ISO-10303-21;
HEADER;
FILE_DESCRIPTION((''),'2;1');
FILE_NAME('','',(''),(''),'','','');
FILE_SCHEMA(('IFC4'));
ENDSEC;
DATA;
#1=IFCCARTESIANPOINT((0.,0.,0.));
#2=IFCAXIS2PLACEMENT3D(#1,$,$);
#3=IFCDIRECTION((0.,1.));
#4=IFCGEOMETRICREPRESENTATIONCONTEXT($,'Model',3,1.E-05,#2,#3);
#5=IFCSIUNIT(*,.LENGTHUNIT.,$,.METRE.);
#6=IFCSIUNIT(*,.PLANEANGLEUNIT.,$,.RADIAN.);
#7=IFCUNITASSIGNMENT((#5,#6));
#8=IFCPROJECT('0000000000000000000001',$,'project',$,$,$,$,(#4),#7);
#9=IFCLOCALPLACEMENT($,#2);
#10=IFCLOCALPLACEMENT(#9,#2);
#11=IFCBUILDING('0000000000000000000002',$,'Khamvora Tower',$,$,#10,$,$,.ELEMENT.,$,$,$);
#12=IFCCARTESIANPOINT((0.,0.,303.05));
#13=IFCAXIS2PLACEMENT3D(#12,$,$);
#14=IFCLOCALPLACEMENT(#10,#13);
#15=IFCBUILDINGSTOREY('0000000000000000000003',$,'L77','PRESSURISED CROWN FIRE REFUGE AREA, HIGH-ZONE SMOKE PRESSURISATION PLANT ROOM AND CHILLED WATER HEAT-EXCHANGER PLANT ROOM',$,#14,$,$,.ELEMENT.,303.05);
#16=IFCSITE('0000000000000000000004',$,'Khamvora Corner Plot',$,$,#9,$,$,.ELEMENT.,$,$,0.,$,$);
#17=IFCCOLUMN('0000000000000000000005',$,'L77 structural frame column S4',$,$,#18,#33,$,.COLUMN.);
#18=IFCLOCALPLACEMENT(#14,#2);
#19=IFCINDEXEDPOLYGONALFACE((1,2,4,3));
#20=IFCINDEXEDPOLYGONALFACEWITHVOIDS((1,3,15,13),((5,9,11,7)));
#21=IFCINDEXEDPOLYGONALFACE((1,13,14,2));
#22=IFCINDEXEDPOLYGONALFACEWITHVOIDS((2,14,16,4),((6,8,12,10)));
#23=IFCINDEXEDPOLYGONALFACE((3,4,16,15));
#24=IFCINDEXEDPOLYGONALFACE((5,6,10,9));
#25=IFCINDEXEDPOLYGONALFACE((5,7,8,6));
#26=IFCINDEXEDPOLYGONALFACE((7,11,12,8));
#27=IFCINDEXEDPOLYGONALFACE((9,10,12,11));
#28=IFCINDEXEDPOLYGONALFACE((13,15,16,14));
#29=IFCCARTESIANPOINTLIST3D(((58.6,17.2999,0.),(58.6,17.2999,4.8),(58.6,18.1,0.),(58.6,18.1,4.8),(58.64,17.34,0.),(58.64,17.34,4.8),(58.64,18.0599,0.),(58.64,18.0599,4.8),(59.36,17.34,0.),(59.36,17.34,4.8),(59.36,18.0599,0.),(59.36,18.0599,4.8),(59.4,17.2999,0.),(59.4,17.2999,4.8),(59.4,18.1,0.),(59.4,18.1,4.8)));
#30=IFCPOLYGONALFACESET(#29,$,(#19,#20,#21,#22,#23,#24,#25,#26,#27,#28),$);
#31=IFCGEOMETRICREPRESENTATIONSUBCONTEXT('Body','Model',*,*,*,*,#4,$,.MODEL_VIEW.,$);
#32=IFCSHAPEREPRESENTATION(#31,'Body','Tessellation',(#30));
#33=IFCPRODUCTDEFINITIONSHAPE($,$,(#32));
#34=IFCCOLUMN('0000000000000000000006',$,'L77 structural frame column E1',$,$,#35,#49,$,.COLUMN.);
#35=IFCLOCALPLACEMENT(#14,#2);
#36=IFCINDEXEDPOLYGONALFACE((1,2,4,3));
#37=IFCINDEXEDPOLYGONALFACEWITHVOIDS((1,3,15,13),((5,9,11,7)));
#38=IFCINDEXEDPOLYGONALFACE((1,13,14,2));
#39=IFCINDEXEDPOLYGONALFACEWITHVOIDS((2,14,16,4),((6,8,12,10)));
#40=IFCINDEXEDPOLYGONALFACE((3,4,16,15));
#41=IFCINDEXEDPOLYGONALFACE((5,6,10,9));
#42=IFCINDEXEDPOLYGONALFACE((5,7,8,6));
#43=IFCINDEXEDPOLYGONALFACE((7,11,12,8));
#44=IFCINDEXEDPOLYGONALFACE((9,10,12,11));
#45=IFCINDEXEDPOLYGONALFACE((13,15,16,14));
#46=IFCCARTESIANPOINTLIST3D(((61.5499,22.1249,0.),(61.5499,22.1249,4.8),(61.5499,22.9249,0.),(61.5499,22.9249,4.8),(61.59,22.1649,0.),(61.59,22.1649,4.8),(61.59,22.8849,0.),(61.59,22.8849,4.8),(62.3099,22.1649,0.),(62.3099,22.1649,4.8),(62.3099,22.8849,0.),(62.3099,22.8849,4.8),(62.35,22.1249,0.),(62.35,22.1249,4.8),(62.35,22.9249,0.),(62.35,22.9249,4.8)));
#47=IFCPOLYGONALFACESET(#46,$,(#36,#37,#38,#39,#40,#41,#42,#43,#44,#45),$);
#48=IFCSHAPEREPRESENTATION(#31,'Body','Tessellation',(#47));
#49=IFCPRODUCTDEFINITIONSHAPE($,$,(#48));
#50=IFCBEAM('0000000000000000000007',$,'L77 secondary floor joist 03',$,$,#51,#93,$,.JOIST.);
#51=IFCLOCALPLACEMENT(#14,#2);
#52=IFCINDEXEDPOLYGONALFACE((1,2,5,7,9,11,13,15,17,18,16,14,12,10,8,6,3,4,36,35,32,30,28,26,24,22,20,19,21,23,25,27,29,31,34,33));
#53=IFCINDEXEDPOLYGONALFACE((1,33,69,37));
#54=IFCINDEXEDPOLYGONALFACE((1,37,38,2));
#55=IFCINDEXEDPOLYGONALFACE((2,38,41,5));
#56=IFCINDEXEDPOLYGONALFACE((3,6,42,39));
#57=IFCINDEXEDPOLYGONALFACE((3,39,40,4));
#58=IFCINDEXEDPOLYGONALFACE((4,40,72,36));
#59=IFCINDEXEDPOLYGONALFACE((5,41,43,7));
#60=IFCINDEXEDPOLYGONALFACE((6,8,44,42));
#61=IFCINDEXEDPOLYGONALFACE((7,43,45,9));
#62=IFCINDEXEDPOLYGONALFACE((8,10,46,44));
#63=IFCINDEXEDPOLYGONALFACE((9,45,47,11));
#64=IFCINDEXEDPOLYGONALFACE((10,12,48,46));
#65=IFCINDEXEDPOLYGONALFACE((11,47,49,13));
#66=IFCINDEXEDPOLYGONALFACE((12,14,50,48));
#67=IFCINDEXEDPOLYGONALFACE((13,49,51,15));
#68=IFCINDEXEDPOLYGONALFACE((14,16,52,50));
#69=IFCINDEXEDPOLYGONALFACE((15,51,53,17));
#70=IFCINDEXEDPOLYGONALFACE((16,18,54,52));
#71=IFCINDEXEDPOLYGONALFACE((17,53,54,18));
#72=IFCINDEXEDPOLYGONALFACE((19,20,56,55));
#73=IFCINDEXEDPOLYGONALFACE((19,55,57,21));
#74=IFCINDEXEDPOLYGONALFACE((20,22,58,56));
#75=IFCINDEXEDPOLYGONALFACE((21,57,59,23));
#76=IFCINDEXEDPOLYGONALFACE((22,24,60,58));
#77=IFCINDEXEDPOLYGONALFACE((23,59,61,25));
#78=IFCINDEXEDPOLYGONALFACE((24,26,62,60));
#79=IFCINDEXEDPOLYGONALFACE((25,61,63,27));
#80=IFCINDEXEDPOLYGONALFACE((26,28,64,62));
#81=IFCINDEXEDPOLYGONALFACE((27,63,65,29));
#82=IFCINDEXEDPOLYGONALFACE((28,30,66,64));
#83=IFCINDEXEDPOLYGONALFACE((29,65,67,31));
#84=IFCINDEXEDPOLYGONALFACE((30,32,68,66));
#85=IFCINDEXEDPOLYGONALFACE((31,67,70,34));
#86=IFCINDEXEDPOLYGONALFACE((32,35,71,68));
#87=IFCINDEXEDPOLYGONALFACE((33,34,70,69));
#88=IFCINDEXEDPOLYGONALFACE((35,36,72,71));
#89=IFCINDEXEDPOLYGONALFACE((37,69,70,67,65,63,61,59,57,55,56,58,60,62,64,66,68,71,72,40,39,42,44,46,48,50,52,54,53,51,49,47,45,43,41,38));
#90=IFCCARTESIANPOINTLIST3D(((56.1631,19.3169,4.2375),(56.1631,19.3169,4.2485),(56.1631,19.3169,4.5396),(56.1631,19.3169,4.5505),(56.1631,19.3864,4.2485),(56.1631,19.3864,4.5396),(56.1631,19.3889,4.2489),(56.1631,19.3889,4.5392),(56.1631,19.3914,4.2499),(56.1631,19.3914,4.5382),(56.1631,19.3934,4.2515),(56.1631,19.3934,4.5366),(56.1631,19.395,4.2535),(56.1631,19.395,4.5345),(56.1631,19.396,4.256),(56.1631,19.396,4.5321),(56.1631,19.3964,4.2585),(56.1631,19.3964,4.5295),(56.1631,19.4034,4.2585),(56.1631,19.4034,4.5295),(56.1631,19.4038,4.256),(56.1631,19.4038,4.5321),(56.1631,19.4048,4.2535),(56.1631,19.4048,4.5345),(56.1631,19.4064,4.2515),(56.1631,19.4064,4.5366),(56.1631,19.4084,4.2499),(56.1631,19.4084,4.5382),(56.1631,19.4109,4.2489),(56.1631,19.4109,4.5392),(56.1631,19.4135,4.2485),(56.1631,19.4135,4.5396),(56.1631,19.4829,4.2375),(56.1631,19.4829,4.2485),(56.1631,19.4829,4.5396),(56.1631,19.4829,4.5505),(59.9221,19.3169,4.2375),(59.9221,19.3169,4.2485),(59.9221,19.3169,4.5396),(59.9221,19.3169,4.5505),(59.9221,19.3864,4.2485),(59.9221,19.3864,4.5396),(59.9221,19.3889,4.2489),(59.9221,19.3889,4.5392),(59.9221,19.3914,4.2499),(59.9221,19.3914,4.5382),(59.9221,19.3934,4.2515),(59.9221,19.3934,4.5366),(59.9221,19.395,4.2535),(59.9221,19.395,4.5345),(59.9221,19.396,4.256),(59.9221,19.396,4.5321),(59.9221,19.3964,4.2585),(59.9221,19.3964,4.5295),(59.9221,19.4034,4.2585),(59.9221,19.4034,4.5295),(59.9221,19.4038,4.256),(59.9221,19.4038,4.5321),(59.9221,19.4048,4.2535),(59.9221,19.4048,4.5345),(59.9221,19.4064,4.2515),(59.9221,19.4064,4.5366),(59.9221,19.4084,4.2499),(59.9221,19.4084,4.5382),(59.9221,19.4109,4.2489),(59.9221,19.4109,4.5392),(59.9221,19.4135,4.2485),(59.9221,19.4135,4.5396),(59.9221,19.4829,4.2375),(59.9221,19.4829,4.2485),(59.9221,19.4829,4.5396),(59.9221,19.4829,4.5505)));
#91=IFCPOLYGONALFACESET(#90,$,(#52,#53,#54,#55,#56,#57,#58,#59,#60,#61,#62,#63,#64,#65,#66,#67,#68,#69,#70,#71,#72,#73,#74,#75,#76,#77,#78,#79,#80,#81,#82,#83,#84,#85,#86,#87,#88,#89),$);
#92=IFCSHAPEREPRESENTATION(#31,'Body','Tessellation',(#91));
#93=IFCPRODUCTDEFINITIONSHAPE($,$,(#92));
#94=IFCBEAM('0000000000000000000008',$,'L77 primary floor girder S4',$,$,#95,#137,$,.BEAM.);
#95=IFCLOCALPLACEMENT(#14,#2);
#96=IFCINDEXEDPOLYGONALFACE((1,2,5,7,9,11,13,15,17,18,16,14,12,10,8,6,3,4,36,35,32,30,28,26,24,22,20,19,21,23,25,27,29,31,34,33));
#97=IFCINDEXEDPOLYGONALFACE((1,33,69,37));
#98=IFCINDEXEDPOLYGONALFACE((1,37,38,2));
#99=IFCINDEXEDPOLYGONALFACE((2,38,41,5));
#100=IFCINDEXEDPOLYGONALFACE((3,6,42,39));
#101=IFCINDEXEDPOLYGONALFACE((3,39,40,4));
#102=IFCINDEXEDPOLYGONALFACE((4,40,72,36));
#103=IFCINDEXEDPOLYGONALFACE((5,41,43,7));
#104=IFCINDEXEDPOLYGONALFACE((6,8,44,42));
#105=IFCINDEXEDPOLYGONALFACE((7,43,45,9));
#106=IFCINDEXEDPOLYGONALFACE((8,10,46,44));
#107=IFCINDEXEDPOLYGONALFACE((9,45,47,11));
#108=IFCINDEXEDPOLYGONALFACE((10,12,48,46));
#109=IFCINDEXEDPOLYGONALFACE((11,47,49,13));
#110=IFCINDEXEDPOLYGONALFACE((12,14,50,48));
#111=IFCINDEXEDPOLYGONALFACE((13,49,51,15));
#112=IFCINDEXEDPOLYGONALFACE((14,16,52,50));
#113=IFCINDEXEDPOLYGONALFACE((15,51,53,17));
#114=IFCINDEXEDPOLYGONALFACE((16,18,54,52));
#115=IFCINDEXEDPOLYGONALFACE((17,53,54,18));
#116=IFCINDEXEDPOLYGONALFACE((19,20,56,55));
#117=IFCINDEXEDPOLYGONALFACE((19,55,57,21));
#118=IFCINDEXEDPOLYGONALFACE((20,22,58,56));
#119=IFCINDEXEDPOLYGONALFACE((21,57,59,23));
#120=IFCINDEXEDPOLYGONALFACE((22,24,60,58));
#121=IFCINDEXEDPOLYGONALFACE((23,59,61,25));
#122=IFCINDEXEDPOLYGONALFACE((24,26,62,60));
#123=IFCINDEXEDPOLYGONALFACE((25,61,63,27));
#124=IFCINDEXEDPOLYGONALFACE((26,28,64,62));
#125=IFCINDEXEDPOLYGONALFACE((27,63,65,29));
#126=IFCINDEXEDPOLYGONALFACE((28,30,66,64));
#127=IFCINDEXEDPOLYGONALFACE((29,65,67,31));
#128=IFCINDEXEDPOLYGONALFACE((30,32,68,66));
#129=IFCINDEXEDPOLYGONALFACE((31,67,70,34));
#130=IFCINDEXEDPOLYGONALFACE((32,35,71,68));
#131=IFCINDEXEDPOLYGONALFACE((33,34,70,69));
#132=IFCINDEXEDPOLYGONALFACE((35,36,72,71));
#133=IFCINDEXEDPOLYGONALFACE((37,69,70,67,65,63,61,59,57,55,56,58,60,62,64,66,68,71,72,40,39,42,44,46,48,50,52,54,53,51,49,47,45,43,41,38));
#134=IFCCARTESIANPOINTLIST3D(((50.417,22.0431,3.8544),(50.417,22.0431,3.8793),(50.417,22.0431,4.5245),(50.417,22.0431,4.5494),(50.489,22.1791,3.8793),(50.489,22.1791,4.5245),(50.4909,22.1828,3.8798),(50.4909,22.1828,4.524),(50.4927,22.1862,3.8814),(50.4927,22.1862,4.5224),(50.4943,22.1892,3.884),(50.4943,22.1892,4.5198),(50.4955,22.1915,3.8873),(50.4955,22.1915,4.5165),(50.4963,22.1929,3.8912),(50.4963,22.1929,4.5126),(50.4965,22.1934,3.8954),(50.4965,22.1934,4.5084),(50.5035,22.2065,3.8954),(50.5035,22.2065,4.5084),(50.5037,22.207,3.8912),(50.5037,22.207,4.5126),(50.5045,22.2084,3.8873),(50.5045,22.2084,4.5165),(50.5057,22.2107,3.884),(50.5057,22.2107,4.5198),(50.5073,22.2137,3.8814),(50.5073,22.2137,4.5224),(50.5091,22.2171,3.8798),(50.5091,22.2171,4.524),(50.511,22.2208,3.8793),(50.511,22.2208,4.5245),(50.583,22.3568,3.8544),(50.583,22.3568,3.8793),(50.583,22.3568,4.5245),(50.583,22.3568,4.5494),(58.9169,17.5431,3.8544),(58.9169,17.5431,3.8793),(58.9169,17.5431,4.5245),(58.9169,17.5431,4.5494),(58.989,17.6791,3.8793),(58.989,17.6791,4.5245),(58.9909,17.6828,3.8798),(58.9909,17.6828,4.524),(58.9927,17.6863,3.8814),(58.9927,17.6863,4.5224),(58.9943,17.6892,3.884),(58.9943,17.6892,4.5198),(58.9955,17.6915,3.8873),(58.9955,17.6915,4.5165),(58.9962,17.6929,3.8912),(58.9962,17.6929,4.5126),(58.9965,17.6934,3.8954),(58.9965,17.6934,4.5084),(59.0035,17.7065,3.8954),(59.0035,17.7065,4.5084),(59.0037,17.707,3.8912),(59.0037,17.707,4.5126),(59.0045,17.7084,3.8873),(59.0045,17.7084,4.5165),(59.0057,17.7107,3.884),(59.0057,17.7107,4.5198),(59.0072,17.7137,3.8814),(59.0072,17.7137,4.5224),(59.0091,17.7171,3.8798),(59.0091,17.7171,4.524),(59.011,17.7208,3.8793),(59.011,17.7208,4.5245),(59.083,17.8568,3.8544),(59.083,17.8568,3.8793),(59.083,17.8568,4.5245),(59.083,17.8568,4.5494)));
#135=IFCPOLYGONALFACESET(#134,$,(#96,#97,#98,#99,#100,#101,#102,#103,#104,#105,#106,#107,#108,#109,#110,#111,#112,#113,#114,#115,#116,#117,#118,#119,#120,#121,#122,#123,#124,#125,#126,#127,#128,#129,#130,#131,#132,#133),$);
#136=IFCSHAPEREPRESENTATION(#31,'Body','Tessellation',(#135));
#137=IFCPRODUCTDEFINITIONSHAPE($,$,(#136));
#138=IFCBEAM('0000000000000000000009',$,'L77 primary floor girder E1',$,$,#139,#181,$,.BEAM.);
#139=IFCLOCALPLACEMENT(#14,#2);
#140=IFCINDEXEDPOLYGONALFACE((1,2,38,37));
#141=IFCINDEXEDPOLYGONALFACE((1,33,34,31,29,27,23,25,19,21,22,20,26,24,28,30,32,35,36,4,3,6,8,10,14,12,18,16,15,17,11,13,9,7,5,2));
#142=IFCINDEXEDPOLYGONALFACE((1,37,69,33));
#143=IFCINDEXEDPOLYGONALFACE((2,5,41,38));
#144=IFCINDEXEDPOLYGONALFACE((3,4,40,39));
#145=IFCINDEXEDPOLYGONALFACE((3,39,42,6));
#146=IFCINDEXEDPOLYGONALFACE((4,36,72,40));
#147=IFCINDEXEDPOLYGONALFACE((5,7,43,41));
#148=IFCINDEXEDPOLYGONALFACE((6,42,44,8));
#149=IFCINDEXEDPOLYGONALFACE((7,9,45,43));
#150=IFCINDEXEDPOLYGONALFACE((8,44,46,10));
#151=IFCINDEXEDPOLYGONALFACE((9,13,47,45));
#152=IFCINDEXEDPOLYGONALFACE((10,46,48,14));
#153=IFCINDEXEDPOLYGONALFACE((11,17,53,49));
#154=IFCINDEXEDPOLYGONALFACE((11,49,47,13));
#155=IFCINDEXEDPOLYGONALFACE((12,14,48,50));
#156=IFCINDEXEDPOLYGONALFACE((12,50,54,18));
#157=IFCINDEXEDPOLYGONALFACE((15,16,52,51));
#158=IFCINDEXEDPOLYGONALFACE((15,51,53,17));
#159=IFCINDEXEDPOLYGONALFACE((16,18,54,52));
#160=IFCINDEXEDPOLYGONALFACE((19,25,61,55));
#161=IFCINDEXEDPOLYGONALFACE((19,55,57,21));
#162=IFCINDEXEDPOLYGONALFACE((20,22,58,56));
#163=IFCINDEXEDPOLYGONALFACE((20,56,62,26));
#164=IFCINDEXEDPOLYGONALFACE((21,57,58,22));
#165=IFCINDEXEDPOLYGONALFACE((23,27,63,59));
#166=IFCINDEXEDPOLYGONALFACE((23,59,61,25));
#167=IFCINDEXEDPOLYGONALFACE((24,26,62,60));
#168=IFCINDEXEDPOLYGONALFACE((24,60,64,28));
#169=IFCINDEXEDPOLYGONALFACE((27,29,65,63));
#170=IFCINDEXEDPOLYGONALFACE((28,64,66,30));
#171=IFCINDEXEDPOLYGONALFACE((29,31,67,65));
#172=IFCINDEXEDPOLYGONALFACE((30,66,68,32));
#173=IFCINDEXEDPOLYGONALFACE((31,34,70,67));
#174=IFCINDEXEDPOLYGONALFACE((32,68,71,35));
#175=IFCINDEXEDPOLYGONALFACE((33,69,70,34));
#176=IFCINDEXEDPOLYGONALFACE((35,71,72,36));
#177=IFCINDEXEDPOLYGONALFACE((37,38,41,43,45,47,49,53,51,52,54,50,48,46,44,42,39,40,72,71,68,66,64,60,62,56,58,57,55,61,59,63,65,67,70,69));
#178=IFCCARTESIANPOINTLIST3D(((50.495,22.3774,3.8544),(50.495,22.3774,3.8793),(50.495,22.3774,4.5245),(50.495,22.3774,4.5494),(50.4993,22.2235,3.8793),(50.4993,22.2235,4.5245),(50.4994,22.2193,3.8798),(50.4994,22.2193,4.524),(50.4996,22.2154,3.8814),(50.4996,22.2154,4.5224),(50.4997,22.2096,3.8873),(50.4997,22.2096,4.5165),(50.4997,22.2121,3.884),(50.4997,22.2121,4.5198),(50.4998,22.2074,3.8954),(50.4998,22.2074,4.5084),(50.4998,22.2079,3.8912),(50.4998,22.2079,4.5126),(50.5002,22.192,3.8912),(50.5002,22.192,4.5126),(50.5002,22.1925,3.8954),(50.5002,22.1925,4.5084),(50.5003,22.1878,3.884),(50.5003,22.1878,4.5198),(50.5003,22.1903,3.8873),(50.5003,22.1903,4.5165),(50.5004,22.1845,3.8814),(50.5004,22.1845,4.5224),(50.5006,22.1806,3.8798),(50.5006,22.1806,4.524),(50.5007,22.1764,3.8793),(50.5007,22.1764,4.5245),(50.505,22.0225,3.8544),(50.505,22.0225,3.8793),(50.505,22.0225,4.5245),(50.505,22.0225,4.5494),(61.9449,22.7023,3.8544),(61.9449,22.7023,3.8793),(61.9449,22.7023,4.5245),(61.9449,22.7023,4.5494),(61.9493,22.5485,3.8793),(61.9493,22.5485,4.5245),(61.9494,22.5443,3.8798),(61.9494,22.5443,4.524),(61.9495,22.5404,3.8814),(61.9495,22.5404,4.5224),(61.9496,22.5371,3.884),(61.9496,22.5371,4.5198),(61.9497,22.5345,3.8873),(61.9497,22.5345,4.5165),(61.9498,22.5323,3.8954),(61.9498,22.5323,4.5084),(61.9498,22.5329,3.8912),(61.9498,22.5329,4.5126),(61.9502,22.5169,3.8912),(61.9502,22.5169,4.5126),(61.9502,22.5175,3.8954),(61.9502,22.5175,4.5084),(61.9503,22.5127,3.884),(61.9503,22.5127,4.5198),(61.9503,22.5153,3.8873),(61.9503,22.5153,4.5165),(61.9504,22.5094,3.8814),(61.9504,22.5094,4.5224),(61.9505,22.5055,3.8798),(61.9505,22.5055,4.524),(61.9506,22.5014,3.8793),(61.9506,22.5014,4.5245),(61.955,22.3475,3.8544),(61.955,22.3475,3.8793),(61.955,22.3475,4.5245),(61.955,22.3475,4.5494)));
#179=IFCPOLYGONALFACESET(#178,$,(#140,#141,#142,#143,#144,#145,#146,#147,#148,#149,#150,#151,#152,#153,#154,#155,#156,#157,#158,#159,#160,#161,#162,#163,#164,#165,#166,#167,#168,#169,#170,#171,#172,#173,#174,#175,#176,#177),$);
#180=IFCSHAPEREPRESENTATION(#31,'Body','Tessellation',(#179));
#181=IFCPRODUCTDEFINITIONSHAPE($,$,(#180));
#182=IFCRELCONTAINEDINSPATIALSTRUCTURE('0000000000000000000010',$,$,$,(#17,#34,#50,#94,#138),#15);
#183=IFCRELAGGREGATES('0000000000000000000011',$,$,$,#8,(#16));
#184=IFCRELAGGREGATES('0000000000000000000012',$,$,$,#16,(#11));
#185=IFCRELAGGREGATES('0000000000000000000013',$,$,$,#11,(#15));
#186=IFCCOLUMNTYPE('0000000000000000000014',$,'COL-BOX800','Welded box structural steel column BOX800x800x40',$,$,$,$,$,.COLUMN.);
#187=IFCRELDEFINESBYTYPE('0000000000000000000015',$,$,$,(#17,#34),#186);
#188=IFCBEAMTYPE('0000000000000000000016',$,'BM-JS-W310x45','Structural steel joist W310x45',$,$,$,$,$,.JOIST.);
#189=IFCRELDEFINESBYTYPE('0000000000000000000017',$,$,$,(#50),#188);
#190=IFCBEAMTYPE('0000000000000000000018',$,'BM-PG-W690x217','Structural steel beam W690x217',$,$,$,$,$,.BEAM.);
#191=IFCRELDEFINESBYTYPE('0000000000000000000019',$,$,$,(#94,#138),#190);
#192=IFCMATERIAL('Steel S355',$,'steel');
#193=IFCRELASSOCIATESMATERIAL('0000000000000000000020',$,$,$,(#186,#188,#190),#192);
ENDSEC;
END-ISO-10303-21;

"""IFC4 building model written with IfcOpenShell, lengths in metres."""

from ifc_helpers import new_model, si_unit, direction, frame, origin, origin_2d, place, context, subcontext, project, spatial, hollow_rectangle, i_section, extrude, material, material_profile, profile_set, type_object, element, save


model = new_model("IFC4")

# Units and contexts
model_context = context("Model", 3, precision=1e-05, world=origin(), true_north=direction((0.0, 1.0)))
body_context = subcontext(model_context, "Body", "Model", "MODEL_VIEW")
ifc_project = project(units=[si_unit("LENGTHUNIT", "METRE"), si_unit("PLANEANGLEUNIT", "RADIAN")], contexts=[model_context])

# Site, building, storey
site_placement = place(None, origin())
site = spatial("IfcSite", under=ifc_project, at=site_placement, Name="Khamvora Corner Plot", CompositionType="ELEMENT", RefElevation=0.0)
building_placement = place(site_placement, origin())
building = spatial("IfcBuilding", under=site, at=building_placement, Name="Khamvora Tower", CompositionType="ELEMENT")
storey_placement = place(building_placement, frame((0.0, 0.0, 303.05)))
storey = spatial("IfcBuildingStorey", under=building, at=storey_placement, Name="L77", Description="PRESSURISED CROWN FIRE REFUGE AREA, HIGH-ZONE SMOKE PRESSURISATION PLANT ROOM AND CHILLED WATER HEAT-EXCHANGER PLANT ROOM", CompositionType="ELEMENT", Elevation=303.05)

# Columns
ifc_material_1 = material(Name="Steel S355", Category="steel")
ifc_material_profile_1 = material_profile(ifc_material_1, hollow_rectangle(XDim=0.8, YDim=0.8, WallThickness=0.04, at=origin_2d()), Name="BOX800x800x40")
ifc_profile_set_1 = profile_set([ifc_material_profile_1], Name="Steel S355")
column_type = type_object("IfcColumnType", Name="COL-BOX800", Description="Welded box structural steel column BOX800x800x40", PredefinedType="COLUMN", material=ifc_profile_set_1)
for number, where, z_axis, x_axis, name in (
    (1, (59.0, 17.7, 0.0), (0.0, 0.0, 1.0), (1.0, 0.0, 0.0), "L77 structural frame column S4"),
    (2, (61.95, 22.5249, 0.0), (0.0, 0.0, 1.0), (1.0, 0.0, 0.0), "L77 structural frame column E1"),
):
    element("IfcColumn", number, at=place(storey_placement, frame(where, z_axis=z_axis, x_axis=x_axis)), inside=storey, type_object=column_type, Name=name, PredefinedType="COLUMN", context=body_context, shape_type="SweptSolid", body=[
        extrude(hollow_rectangle(XDim=0.8, YDim=0.8, WallThickness=0.04, at=origin_2d()), origin(), (0.0, 0.0, 1.0), 4.8),
    ])

# Beams
ifc_material_profile_2 = material_profile(ifc_material_1, i_section(OverallWidth=0.166, OverallDepth=0.313, WebThickness=0.0071, FlangeThickness=0.011, FilletRadius=0.01, at=origin_2d()), Name="W310x45")
ifc_profile_set_2 = profile_set([ifc_material_profile_2], Name="Steel S355")
beam_type_1 = type_object("IfcBeamType", Name="BM-JS-W310x45", Description="Structural steel joist W310x45", PredefinedType="JOIST", material=ifc_profile_set_2)
beam_1_placement = place(storey_placement, frame((56.1631, 19.3999, 4.394), z_axis=(1.0, 0.0, 0.0), x_axis=(0.0, 1.0, 0.0)))
element("IfcBeam", 3, at=beam_1_placement, inside=storey, type_object=beam_type_1, Name="L77 secondary floor joist 03", PredefinedType="JOIST", context=body_context, shape_type="SweptSolid", body=[
    extrude(i_section(OverallWidth=0.166, OverallDepth=0.313, WebThickness=0.0071, FlangeThickness=0.011, FilletRadius=0.01, at=origin_2d()), origin(), (0.0, 0.0, 1.0), 3.759),
])
ifc_material_profile_3 = material_profile(ifc_material_1, i_section(OverallWidth=0.355, OverallDepth=0.6951, WebThickness=0.0149, FlangeThickness=0.0249, FilletRadius=0.0161, at=origin_2d()), Name="W690x217")
ifc_profile_set_3 = profile_set([ifc_material_profile_3], Name="Steel S355")
beam_type_2 = type_object("IfcBeamType", Name="BM-PG-W690x217", Description="Structural steel beam W690x217", PredefinedType="BEAM", material=ifc_profile_set_3)
beam_2_placement = place(storey_placement, frame((50.5, 22.2, 4.2019), z_axis=(0.883788, -0.467888, 0.0), x_axis=(0.467888, 0.883788, 0.0)))
element("IfcBeam", 4, at=beam_2_placement, inside=storey, type_object=beam_type_2, Name="L77 primary floor girder S4", PredefinedType="BEAM", context=body_context, shape_type="SweptSolid", body=[
    extrude(i_section(OverallWidth=0.355, OverallDepth=0.6951, WebThickness=0.0149, FlangeThickness=0.0249, FilletRadius=0.0161, at=origin_2d()), origin(), (0.0, 0.0, 1.0), 9.6177),
])
beam_3_placement = place(storey_placement, frame((50.5, 22.2, 4.2019), z_axis=(0.999598, 0.028369, 0.0), x_axis=(-0.028369, 0.999598, 0.0)))
element("IfcBeam", 5, at=beam_3_placement, inside=storey, type_object=beam_type_2, Name="L77 primary floor girder E1", PredefinedType="BEAM", context=body_context, shape_type="SweptSolid", body=[
    extrude(i_section(OverallWidth=0.355, OverallDepth=0.6951, WebThickness=0.0149, FlangeThickness=0.0249, FilletRadius=0.0161, at=origin_2d()), origin(), (0.0, 0.0, 1.0), 11.4546),
])

save(model, "model.ifc")
